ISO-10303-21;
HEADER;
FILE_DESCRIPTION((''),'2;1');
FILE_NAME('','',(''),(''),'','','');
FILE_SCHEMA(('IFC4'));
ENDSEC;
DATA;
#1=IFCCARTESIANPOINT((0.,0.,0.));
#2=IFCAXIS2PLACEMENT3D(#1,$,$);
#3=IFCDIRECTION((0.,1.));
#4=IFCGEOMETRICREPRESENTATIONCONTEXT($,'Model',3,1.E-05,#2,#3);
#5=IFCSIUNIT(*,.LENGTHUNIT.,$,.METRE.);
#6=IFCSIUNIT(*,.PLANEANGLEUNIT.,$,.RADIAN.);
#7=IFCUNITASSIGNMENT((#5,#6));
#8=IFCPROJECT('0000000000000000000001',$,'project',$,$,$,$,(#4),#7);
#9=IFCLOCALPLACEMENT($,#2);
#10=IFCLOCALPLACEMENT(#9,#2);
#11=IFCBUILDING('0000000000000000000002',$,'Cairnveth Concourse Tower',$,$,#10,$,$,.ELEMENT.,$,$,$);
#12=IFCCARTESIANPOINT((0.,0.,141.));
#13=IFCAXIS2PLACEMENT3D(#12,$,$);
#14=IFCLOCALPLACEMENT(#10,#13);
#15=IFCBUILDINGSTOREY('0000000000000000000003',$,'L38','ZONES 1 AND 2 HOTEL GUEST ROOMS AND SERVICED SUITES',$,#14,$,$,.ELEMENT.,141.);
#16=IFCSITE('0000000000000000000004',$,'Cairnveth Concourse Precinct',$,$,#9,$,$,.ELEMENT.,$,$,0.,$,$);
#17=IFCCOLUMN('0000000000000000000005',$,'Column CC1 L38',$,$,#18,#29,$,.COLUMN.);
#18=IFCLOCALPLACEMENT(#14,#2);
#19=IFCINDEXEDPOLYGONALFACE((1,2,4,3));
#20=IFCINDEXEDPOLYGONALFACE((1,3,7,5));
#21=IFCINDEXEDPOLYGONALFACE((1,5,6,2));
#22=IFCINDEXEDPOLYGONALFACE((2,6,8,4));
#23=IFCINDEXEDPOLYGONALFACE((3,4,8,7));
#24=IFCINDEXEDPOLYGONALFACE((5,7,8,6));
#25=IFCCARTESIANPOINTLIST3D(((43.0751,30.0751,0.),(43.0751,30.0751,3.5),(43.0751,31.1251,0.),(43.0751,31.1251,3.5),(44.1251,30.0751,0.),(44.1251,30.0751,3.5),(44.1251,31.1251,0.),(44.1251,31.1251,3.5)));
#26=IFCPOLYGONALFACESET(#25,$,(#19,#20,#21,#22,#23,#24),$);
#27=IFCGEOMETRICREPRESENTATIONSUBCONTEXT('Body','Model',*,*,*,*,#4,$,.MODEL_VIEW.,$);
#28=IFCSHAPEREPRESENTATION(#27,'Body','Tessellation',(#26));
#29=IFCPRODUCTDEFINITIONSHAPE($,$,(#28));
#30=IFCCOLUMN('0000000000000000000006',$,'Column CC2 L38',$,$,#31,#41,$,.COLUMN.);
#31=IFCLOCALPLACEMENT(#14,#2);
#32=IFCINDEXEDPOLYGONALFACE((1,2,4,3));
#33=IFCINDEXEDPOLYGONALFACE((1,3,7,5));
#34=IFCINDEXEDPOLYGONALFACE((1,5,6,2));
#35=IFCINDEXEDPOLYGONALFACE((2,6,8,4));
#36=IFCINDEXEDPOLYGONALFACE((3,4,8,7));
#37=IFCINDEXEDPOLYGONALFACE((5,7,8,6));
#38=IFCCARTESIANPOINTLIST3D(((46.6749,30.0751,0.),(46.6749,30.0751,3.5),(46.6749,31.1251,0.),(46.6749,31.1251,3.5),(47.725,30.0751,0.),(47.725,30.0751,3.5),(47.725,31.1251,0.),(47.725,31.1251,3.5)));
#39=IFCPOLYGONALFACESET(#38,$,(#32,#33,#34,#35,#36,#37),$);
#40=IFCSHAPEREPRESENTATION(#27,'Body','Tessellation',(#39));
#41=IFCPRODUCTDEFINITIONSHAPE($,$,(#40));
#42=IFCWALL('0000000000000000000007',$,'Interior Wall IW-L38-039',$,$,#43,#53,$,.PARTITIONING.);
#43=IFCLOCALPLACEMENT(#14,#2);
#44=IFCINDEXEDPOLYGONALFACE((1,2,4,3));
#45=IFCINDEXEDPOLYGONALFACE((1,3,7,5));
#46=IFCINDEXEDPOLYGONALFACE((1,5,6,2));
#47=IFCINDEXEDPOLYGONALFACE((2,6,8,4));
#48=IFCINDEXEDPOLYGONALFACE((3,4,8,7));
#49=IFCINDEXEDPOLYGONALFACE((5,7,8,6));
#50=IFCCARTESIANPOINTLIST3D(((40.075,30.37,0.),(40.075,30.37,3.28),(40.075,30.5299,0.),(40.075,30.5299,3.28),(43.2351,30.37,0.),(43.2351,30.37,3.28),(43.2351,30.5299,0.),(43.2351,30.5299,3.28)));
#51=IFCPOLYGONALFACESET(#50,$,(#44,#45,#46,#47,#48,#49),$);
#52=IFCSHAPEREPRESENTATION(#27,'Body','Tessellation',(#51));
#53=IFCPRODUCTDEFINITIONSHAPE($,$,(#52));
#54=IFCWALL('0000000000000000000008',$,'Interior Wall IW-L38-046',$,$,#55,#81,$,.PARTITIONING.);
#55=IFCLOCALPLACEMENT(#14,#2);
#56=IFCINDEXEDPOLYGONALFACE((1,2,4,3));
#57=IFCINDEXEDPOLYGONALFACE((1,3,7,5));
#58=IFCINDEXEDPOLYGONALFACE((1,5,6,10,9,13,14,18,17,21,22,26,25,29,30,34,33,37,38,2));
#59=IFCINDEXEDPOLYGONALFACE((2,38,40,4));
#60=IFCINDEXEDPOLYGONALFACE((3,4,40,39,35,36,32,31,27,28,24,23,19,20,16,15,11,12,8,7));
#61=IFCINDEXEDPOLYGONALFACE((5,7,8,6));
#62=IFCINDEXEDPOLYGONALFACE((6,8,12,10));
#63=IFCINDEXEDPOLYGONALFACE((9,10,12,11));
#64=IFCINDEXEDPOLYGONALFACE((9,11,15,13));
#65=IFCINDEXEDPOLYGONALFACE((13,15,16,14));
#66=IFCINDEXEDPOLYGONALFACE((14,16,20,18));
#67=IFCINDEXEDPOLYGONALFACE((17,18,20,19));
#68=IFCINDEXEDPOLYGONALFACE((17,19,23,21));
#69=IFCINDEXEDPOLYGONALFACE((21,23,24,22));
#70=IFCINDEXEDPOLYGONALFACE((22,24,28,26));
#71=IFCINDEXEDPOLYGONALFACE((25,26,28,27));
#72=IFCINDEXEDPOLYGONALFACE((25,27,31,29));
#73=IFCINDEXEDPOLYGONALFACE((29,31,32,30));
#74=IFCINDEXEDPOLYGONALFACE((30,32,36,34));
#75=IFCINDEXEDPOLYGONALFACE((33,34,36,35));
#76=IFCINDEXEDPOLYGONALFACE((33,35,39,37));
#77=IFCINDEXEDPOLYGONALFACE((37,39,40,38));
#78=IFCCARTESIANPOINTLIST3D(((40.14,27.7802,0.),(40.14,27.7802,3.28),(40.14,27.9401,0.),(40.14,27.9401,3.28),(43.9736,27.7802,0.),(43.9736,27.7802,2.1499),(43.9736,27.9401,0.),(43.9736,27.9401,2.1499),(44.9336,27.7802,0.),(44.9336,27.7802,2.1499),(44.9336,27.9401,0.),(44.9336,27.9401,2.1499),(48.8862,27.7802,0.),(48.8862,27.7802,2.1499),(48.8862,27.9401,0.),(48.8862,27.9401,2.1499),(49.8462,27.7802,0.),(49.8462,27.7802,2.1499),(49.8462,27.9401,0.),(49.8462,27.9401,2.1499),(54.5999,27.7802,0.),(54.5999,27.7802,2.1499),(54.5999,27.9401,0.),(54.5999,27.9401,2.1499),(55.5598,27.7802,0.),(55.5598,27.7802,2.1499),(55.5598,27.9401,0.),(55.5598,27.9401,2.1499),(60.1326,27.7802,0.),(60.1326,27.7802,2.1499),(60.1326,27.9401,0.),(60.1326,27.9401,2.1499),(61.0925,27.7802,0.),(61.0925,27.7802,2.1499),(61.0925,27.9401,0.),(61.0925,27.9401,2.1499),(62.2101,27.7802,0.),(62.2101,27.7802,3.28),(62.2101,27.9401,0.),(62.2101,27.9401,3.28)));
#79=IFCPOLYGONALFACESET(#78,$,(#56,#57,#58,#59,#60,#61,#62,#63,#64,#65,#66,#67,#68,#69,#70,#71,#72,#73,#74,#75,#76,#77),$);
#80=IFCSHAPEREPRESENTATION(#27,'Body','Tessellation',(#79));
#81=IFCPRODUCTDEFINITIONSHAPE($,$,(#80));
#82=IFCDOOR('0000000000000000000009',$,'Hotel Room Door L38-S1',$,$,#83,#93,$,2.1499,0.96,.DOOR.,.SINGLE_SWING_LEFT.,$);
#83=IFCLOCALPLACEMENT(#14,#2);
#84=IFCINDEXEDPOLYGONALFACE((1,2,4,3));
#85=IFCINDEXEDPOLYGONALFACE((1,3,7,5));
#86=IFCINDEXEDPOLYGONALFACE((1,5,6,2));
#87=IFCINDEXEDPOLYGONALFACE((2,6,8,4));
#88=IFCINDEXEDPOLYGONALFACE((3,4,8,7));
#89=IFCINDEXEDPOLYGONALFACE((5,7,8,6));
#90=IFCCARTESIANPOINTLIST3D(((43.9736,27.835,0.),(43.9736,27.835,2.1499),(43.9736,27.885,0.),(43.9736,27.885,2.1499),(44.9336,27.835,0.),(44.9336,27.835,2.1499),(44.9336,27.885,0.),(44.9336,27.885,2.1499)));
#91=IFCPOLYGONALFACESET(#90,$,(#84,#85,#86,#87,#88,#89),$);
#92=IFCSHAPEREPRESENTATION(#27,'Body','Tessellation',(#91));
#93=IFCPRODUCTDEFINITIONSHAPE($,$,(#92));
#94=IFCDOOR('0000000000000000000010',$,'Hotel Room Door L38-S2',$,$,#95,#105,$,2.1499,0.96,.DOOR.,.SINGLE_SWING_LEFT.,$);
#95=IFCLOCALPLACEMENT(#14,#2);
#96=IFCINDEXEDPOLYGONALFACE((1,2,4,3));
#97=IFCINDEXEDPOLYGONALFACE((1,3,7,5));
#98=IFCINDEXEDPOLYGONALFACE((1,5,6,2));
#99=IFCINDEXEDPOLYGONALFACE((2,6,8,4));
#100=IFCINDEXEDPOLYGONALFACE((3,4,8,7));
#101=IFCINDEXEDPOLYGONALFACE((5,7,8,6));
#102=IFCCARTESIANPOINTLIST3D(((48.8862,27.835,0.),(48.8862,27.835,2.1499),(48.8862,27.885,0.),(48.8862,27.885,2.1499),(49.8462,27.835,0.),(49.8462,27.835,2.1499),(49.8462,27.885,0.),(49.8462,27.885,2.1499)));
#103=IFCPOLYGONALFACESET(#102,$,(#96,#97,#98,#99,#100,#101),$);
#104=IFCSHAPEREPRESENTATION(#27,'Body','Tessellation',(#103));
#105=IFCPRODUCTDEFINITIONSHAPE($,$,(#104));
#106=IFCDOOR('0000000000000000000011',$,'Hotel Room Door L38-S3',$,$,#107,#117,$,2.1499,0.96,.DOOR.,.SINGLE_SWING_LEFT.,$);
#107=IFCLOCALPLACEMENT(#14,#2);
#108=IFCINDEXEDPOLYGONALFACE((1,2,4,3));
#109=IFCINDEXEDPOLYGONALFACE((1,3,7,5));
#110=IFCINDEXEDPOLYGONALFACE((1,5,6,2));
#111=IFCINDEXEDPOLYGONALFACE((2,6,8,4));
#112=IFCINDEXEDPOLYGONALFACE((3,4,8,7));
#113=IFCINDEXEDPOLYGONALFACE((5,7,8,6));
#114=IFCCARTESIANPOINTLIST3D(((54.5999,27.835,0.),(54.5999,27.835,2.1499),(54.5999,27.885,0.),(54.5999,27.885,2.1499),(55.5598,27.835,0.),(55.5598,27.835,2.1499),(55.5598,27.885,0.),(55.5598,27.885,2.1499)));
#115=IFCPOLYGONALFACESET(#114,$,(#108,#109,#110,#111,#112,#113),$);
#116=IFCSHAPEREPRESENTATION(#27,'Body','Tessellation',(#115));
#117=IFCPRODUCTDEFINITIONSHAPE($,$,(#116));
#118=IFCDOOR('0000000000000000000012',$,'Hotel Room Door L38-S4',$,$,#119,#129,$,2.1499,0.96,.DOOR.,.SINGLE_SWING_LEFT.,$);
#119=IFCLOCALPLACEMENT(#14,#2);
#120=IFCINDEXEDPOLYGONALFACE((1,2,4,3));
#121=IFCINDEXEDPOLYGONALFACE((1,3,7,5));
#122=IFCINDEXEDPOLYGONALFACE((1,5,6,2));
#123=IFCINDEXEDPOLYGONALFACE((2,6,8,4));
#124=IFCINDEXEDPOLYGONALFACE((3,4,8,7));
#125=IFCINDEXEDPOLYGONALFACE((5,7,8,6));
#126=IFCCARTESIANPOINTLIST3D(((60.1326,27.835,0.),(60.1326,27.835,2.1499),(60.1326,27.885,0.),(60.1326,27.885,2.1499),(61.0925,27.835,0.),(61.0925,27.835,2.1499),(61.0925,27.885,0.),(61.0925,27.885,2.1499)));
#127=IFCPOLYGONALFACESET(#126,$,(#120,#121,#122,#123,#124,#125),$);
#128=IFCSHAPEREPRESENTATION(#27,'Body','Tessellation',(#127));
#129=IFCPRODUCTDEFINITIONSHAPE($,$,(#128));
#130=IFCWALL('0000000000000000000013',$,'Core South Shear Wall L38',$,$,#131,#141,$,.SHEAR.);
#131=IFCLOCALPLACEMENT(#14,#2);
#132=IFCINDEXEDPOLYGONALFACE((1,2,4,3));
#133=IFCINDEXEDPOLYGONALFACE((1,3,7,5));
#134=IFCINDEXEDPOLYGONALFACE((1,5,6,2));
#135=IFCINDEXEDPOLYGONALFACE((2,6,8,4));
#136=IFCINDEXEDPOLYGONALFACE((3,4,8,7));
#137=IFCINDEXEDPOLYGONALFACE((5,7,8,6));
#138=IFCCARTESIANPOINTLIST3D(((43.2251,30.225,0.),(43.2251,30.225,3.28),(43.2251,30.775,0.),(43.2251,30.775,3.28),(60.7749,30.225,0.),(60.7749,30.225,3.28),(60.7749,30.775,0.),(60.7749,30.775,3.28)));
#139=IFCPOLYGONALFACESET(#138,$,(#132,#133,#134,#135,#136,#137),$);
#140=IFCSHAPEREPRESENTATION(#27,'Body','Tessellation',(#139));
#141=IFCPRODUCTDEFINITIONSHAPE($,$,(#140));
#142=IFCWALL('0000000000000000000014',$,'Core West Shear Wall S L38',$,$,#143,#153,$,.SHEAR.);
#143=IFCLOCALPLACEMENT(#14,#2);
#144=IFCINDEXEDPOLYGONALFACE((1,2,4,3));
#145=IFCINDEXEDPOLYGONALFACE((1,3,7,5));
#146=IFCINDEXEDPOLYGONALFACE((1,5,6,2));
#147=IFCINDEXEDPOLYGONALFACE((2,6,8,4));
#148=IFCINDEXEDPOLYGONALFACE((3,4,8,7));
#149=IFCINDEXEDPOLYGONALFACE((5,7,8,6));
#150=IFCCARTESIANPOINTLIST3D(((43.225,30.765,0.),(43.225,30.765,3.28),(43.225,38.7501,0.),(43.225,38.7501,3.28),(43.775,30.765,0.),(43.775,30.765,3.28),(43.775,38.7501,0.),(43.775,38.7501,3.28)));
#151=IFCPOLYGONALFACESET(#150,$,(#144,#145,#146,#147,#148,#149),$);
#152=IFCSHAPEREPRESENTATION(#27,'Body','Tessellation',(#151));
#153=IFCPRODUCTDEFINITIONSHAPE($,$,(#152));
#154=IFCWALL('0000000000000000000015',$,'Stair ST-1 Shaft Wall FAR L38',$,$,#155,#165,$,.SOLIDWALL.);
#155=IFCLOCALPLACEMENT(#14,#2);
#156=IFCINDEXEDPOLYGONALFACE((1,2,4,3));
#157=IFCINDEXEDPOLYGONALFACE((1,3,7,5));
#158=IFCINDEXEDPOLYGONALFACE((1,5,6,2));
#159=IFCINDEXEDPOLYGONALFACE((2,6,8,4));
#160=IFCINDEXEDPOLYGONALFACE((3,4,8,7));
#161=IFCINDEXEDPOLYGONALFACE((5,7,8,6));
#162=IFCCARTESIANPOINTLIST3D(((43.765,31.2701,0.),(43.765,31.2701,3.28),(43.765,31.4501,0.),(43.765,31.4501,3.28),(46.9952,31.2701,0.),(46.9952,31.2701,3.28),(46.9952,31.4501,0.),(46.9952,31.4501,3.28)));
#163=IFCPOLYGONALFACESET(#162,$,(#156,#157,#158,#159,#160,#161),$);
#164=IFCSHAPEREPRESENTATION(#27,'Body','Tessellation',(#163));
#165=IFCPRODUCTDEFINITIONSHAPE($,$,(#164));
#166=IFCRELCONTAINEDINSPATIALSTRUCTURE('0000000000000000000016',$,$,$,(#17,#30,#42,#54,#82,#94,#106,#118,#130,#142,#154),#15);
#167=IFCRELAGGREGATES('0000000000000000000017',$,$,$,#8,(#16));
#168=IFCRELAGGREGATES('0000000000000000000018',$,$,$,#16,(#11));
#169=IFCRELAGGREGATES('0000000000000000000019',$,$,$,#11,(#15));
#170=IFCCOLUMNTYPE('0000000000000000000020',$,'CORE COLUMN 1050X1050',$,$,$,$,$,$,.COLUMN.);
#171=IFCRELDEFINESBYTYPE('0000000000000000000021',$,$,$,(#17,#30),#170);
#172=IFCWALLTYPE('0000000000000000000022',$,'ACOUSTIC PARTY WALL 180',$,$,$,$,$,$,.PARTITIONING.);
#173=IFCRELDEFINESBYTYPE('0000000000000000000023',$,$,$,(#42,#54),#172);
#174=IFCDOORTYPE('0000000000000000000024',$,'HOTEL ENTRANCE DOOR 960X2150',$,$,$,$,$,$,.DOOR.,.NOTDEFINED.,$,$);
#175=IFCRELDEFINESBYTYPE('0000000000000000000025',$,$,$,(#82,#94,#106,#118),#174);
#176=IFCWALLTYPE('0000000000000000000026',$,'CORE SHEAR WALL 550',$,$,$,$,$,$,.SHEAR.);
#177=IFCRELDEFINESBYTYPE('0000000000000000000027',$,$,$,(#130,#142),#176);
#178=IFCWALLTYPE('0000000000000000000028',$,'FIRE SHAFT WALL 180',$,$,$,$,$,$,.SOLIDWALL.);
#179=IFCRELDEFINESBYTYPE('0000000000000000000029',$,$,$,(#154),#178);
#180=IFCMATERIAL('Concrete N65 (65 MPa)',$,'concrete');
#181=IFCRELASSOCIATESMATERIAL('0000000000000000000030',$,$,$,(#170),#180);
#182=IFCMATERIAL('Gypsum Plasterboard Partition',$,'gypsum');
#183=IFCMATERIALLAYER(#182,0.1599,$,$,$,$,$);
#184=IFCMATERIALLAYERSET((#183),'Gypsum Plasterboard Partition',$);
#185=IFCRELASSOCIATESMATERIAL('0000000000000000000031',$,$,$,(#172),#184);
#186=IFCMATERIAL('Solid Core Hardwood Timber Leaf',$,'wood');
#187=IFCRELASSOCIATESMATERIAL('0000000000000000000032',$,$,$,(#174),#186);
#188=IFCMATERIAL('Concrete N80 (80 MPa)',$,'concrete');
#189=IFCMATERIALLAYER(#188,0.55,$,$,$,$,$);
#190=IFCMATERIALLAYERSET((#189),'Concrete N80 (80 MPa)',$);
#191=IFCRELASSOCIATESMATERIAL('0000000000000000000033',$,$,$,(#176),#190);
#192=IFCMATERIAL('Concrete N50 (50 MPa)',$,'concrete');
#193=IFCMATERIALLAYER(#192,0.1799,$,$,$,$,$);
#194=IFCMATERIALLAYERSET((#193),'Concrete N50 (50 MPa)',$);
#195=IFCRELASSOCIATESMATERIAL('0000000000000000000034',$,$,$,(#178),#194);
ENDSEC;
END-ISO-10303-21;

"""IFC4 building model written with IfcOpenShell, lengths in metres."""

from ifc_helpers import new_model, si_unit, direction, frame, frame_2d, origin, origin_2d, place, context, subcontext, project, spatial, rectangle, extrude, material, layer, layer_set, material_profile, profile_set, type_object, element, fill, save


model = new_model("IFC4")

# Units and contexts
model_context = context("Model", 3, precision=1e-05, world=origin(), true_north=direction((0.0, 1.0)))
body_context = subcontext(model_context, "Body", "Model", "MODEL_VIEW")
ifc_project = project(units=[si_unit("LENGTHUNIT", "METRE"), si_unit("PLANEANGLEUNIT", "RADIAN")], contexts=[model_context])

# Site, building, storey
site_placement = place(None, origin())
site = spatial("IfcSite", under=ifc_project, at=site_placement, Name="Cairnveth Concourse Precinct", CompositionType="ELEMENT", RefElevation=0.0)
building_placement = place(site_placement, origin())
building = spatial("IfcBuilding", under=site, at=building_placement, Name="Cairnveth Concourse Tower", CompositionType="ELEMENT")
storey_placement = place(building_placement, frame((0.0, 0.0, 141.0)))
storey = spatial("IfcBuildingStorey", under=building, at=storey_placement, Name="L38", Description="ZONES 1 AND 2 HOTEL GUEST ROOMS AND SERVICED SUITES", CompositionType="ELEMENT", Elevation=141.0)

# Columns
ifc_material_1 = material(Name="Concrete N65 (65 MPa)", Category="concrete")
ifc_material_profile = material_profile(ifc_material_1, rectangle(XDim=1.05, YDim=1.05, at=origin_2d()), Name="RC-COL-1050x1050")
ifc_profile_set = profile_set([ifc_material_profile], Name="Concrete N65 (65 MPa)")
column_type = type_object("IfcColumnType", Name="CORE COLUMN 1050X1050", PredefinedType="COLUMN", material=ifc_profile_set)
for number, where, z_axis, x_axis, name in (
    (1, (43.6001, 30.6001, 0.0), (0.0, 0.0, 1.0), (1.0, 0.0, 0.0), "Column CC1 L38"),
    (2, (47.2, 30.6001, 0.0), (0.0, 0.0, 1.0), (1.0, 0.0, 0.0), "Column CC2 L38"),
):
    element("IfcColumn", number, at=place(storey_placement, frame(where, z_axis=z_axis, x_axis=x_axis)), inside=storey, type_object=column_type, Name=name, PredefinedType="COLUMN", context=body_context, shape_type="SweptSolid", body=[
        extrude(rectangle(XDim=1.05, YDim=1.05, at=origin_2d()), origin(), (0.0, 0.0, 1.0), 3.5),
    ])

# Wall
ifc_material_2 = material(Name="Gypsum Plasterboard Partition", Category="gypsum")
ifc_layer_1 = layer(ifc_material_2, 0.1599)
ifc_layer_set_1 = layer_set([ifc_layer_1], Name="Gypsum Plasterboard Partition")
wall_type_1 = type_object("IfcWallType", Name="ACOUSTIC PARTY WALL 180", PredefinedType="PARTITIONING", material=ifc_layer_set_1)
wall_1_placement = place(storey_placement, frame((40.075, 30.45, 0.0), z_axis=(0.0, 0.0, 1.0), x_axis=(1.0, 0.0, 0.0)))
element("IfcWall", 3, at=wall_1_placement, inside=storey, type_object=wall_type_1, Name="Interior Wall IW-L38-039", PredefinedType="PARTITIONING", context=body_context, shape_type="SweptSolid", body=[
    extrude(rectangle(XDim=3.1602, YDim=0.1599, at=frame_2d((1.5801, 0.0))), origin(), (0.0, 0.0, 1.0), 3.28),
])

# Wall, openings, doors
wall_2_placement = place(storey_placement, frame((40.1399, 27.8601, 0.0), z_axis=(0.0, 0.0, 1.0), x_axis=(1.0, 0.0, 0.0)))
wall_2 = element("IfcWall", 4, at=wall_2_placement, inside=storey, type_object=wall_type_1, Name="Interior Wall IW-L38-046", PredefinedType="PARTITIONING", context=body_context, shape_type="SweptSolid", body=[
    extrude(rectangle(XDim=22.0701, YDim=0.1599, at=frame_2d((11.0352, 0.0))), origin(), (0.0, 0.0, 1.0), 3.28),
])
opening_1_placement = place(wall_2_placement, frame((3.8337, 0.0, 0.0)))
opening_1 = element("IfcOpeningElement", 5, at=opening_1_placement, cuts=wall_2, PredefinedType="OPENING", context=body_context, shape_type="SweptSolid", body=[
    extrude(rectangle(XDim=0.96, YDim=2.1499, at=frame_2d((0.48, 1.075))), frame((0.0, 0.0898, 0.0), z_axis=(0.0, -1.0, 0.0), x_axis=(1.0, 0.0, 0.0)), (0.0, 0.0, 1.0), 0.1799),
])
opening_2_placement = place(wall_2_placement, frame((8.7463, 0.0, 0.0)))
opening_2 = element("IfcOpeningElement", 6, at=opening_2_placement, cuts=wall_2, PredefinedType="OPENING", context=body_context, shape_type="SweptSolid", body=[
    extrude(rectangle(XDim=0.96, YDim=2.1499, at=frame_2d((0.48, 1.075))), frame((0.0, 0.0898, 0.0), z_axis=(0.0, -1.0, 0.0), x_axis=(1.0, 0.0, 0.0)), (0.0, 0.0, 1.0), 0.1799),
])
opening_3_placement = place(wall_2_placement, frame((14.46, 0.0, 0.0)))
opening_3 = element("IfcOpeningElement", 7, at=opening_3_placement, cuts=wall_2, PredefinedType="OPENING", context=body_context, shape_type="SweptSolid", body=[
    extrude(rectangle(XDim=0.96, YDim=2.1499, at=frame_2d((0.48, 1.075))), frame((0.0, 0.0898, 0.0), z_axis=(0.0, -1.0, 0.0), x_axis=(1.0, 0.0, 0.0)), (0.0, 0.0, 1.0), 0.1799),
])
opening_4_placement = place(wall_2_placement, frame((19.9927, 0.0, 0.0)))
opening_4 = element("IfcOpeningElement", 8, at=opening_4_placement, cuts=wall_2, PredefinedType="OPENING", context=body_context, shape_type="SweptSolid", body=[
    extrude(rectangle(XDim=0.96, YDim=2.1499, at=frame_2d((0.48, 1.075))), frame((0.0, 0.0898, 0.0), z_axis=(0.0, -1.0, 0.0), x_axis=(1.0, 0.0, 0.0)), (0.0, 0.0, 1.0), 0.1799),
])
ifc_material_3 = material(Name="Solid Core Hardwood Timber Leaf", Category="wood")
door_type_1 = type_object("IfcDoorType", Name="HOTEL ENTRANCE DOOR 960X2150", OperationType="NOTDEFINED", PredefinedType="DOOR", material=ifc_material_3)
door_1_placement = place(opening_1_placement, origin())
door_1 = element("IfcDoor", 9, at=door_1_placement, inside=storey, type_object=door_type_1, Name="Hotel Room Door L38-S1", OperationType="SINGLE_SWING_LEFT", OverallHeight=2.1499, OverallWidth=0.96, PredefinedType="DOOR", context=body_context, shape_type="SweptSolid", body=[
    extrude(rectangle(XDim=0.96, YDim=2.1499, at=frame_2d((0.48, 1.075))), frame((0.0, 0.0249, 0.0), z_axis=(0.0, -1.0, 0.0), x_axis=(1.0, 0.0, 0.0)), (0.0, 0.0, 1.0), 0.05),
])
fill(opening_1, door_1)
door_2_placement = place(opening_2_placement, origin())
door_2 = element("IfcDoor", 10, at=door_2_placement, inside=storey, type_object=door_type_1, Name="Hotel Room Door L38-S2", OperationType="SINGLE_SWING_LEFT", OverallHeight=2.1499, OverallWidth=0.96, PredefinedType="DOOR", context=body_context, shape_type="SweptSolid", body=[
    extrude(rectangle(XDim=0.96, YDim=2.1499, at=frame_2d((0.48, 1.075))), frame((0.0, 0.0249, 0.0), z_axis=(0.0, -1.0, 0.0), x_axis=(1.0, 0.0, 0.0)), (0.0, 0.0, 1.0), 0.05),
])
fill(opening_2, door_2)
door_3_placement = place(opening_3_placement, origin())
door_3 = element("IfcDoor", 11, at=door_3_placement, inside=storey, type_object=door_type_1, Name="Hotel Room Door L38-S3", OperationType="SINGLE_SWING_LEFT", OverallHeight=2.1499, OverallWidth=0.96, PredefinedType="DOOR", context=body_context, shape_type="SweptSolid", body=[
    extrude(rectangle(XDim=0.96, YDim=2.1499, at=frame_2d((0.48, 1.075))), frame((0.0, 0.0249, 0.0), z_axis=(0.0, -1.0, 0.0), x_axis=(1.0, 0.0, 0.0)), (0.0, 0.0, 1.0), 0.05),
])
fill(opening_3, door_3)
door_4_placement = place(opening_4_placement, origin())
door_4 = element("IfcDoor", 12, at=door_4_placement, inside=storey, type_object=door_type_1, Name="Hotel Room Door L38-S4", OperationType="SINGLE_SWING_LEFT", OverallHeight=2.1499, OverallWidth=0.96, PredefinedType="DOOR", context=body_context, shape_type="SweptSolid", body=[
    extrude(rectangle(XDim=0.96, YDim=2.1499, at=frame_2d((0.48, 1.075))), frame((0.0, 0.0249, 0.0), z_axis=(0.0, -1.0, 0.0), x_axis=(1.0, 0.0, 0.0)), (0.0, 0.0, 1.0), 0.05),
])
fill(opening_4, door_4)

# Walls
ifc_material_4 = material(Name="Concrete N80 (80 MPa)", Category="concrete")
ifc_layer_2 = layer(ifc_material_4, 0.55)
ifc_layer_set_2 = layer_set([ifc_layer_2], Name="Concrete N80 (80 MPa)")
wall_type_2 = type_object("IfcWallType", Name="CORE SHEAR WALL 550", PredefinedType="SHEAR", material=ifc_layer_set_2)
wall_3_placement = place(storey_placement, frame((43.2251, 30.5, 0.0), z_axis=(0.0, 0.0, 1.0), x_axis=(1.0, 0.0, 0.0)))
element("IfcWall", 13, at=wall_3_placement, inside=storey, type_object=wall_type_2, Name="Core South Shear Wall L38", PredefinedType="SHEAR", context=body_context, shape_type="SweptSolid", body=[
    extrude(rectangle(XDim=17.5498, YDim=0.55, at=frame_2d((8.7749, 0.0))), origin(), (0.0, 0.0, 1.0), 3.28),
])
wall_4_placement = place(storey_placement, frame((43.5, 30.7649, 0.0), z_axis=(0.0, 0.0, 1.0), x_axis=(0.0, 1.0, 0.0)))
element("IfcWall", 14, at=wall_4_placement, inside=storey, type_object=wall_type_2, Name="Core West Shear Wall S L38", PredefinedType="SHEAR", context=body_context, shape_type="SweptSolid", body=[
    extrude(rectangle(XDim=7.9851, YDim=0.55, at=frame_2d((3.9927, 0.0))), origin(), (0.0, 0.0, 1.0), 3.28),
])
ifc_material_5 = material(Name="Concrete N50 (50 MPa)", Category="concrete")
ifc_layer_3 = layer(ifc_material_5, 0.1799)
ifc_layer_set_3 = layer_set([ifc_layer_3], Name="Concrete N50 (50 MPa)")
wall_type_3 = type_object("IfcWallType", Name="FIRE SHAFT WALL 180", PredefinedType="SOLIDWALL", material=ifc_layer_set_3)
wall_5_placement = place(storey_placement, frame((43.7649, 31.3601, 0.0), z_axis=(0.0, 0.0, 1.0), x_axis=(1.0, 0.0, 0.0)))
element("IfcWall", 15, at=wall_5_placement, inside=storey, type_object=wall_type_3, Name="Stair ST-1 Shaft Wall FAR L38", PredefinedType="SOLIDWALL", context=body_context, shape_type="SweptSolid", body=[
    extrude(rectangle(XDim=3.2302, YDim=0.1799, at=frame_2d((1.6152, 0.0))), origin(), (0.0, 0.0, 1.0), 3.28),
])

save(model, "model.ifc")
